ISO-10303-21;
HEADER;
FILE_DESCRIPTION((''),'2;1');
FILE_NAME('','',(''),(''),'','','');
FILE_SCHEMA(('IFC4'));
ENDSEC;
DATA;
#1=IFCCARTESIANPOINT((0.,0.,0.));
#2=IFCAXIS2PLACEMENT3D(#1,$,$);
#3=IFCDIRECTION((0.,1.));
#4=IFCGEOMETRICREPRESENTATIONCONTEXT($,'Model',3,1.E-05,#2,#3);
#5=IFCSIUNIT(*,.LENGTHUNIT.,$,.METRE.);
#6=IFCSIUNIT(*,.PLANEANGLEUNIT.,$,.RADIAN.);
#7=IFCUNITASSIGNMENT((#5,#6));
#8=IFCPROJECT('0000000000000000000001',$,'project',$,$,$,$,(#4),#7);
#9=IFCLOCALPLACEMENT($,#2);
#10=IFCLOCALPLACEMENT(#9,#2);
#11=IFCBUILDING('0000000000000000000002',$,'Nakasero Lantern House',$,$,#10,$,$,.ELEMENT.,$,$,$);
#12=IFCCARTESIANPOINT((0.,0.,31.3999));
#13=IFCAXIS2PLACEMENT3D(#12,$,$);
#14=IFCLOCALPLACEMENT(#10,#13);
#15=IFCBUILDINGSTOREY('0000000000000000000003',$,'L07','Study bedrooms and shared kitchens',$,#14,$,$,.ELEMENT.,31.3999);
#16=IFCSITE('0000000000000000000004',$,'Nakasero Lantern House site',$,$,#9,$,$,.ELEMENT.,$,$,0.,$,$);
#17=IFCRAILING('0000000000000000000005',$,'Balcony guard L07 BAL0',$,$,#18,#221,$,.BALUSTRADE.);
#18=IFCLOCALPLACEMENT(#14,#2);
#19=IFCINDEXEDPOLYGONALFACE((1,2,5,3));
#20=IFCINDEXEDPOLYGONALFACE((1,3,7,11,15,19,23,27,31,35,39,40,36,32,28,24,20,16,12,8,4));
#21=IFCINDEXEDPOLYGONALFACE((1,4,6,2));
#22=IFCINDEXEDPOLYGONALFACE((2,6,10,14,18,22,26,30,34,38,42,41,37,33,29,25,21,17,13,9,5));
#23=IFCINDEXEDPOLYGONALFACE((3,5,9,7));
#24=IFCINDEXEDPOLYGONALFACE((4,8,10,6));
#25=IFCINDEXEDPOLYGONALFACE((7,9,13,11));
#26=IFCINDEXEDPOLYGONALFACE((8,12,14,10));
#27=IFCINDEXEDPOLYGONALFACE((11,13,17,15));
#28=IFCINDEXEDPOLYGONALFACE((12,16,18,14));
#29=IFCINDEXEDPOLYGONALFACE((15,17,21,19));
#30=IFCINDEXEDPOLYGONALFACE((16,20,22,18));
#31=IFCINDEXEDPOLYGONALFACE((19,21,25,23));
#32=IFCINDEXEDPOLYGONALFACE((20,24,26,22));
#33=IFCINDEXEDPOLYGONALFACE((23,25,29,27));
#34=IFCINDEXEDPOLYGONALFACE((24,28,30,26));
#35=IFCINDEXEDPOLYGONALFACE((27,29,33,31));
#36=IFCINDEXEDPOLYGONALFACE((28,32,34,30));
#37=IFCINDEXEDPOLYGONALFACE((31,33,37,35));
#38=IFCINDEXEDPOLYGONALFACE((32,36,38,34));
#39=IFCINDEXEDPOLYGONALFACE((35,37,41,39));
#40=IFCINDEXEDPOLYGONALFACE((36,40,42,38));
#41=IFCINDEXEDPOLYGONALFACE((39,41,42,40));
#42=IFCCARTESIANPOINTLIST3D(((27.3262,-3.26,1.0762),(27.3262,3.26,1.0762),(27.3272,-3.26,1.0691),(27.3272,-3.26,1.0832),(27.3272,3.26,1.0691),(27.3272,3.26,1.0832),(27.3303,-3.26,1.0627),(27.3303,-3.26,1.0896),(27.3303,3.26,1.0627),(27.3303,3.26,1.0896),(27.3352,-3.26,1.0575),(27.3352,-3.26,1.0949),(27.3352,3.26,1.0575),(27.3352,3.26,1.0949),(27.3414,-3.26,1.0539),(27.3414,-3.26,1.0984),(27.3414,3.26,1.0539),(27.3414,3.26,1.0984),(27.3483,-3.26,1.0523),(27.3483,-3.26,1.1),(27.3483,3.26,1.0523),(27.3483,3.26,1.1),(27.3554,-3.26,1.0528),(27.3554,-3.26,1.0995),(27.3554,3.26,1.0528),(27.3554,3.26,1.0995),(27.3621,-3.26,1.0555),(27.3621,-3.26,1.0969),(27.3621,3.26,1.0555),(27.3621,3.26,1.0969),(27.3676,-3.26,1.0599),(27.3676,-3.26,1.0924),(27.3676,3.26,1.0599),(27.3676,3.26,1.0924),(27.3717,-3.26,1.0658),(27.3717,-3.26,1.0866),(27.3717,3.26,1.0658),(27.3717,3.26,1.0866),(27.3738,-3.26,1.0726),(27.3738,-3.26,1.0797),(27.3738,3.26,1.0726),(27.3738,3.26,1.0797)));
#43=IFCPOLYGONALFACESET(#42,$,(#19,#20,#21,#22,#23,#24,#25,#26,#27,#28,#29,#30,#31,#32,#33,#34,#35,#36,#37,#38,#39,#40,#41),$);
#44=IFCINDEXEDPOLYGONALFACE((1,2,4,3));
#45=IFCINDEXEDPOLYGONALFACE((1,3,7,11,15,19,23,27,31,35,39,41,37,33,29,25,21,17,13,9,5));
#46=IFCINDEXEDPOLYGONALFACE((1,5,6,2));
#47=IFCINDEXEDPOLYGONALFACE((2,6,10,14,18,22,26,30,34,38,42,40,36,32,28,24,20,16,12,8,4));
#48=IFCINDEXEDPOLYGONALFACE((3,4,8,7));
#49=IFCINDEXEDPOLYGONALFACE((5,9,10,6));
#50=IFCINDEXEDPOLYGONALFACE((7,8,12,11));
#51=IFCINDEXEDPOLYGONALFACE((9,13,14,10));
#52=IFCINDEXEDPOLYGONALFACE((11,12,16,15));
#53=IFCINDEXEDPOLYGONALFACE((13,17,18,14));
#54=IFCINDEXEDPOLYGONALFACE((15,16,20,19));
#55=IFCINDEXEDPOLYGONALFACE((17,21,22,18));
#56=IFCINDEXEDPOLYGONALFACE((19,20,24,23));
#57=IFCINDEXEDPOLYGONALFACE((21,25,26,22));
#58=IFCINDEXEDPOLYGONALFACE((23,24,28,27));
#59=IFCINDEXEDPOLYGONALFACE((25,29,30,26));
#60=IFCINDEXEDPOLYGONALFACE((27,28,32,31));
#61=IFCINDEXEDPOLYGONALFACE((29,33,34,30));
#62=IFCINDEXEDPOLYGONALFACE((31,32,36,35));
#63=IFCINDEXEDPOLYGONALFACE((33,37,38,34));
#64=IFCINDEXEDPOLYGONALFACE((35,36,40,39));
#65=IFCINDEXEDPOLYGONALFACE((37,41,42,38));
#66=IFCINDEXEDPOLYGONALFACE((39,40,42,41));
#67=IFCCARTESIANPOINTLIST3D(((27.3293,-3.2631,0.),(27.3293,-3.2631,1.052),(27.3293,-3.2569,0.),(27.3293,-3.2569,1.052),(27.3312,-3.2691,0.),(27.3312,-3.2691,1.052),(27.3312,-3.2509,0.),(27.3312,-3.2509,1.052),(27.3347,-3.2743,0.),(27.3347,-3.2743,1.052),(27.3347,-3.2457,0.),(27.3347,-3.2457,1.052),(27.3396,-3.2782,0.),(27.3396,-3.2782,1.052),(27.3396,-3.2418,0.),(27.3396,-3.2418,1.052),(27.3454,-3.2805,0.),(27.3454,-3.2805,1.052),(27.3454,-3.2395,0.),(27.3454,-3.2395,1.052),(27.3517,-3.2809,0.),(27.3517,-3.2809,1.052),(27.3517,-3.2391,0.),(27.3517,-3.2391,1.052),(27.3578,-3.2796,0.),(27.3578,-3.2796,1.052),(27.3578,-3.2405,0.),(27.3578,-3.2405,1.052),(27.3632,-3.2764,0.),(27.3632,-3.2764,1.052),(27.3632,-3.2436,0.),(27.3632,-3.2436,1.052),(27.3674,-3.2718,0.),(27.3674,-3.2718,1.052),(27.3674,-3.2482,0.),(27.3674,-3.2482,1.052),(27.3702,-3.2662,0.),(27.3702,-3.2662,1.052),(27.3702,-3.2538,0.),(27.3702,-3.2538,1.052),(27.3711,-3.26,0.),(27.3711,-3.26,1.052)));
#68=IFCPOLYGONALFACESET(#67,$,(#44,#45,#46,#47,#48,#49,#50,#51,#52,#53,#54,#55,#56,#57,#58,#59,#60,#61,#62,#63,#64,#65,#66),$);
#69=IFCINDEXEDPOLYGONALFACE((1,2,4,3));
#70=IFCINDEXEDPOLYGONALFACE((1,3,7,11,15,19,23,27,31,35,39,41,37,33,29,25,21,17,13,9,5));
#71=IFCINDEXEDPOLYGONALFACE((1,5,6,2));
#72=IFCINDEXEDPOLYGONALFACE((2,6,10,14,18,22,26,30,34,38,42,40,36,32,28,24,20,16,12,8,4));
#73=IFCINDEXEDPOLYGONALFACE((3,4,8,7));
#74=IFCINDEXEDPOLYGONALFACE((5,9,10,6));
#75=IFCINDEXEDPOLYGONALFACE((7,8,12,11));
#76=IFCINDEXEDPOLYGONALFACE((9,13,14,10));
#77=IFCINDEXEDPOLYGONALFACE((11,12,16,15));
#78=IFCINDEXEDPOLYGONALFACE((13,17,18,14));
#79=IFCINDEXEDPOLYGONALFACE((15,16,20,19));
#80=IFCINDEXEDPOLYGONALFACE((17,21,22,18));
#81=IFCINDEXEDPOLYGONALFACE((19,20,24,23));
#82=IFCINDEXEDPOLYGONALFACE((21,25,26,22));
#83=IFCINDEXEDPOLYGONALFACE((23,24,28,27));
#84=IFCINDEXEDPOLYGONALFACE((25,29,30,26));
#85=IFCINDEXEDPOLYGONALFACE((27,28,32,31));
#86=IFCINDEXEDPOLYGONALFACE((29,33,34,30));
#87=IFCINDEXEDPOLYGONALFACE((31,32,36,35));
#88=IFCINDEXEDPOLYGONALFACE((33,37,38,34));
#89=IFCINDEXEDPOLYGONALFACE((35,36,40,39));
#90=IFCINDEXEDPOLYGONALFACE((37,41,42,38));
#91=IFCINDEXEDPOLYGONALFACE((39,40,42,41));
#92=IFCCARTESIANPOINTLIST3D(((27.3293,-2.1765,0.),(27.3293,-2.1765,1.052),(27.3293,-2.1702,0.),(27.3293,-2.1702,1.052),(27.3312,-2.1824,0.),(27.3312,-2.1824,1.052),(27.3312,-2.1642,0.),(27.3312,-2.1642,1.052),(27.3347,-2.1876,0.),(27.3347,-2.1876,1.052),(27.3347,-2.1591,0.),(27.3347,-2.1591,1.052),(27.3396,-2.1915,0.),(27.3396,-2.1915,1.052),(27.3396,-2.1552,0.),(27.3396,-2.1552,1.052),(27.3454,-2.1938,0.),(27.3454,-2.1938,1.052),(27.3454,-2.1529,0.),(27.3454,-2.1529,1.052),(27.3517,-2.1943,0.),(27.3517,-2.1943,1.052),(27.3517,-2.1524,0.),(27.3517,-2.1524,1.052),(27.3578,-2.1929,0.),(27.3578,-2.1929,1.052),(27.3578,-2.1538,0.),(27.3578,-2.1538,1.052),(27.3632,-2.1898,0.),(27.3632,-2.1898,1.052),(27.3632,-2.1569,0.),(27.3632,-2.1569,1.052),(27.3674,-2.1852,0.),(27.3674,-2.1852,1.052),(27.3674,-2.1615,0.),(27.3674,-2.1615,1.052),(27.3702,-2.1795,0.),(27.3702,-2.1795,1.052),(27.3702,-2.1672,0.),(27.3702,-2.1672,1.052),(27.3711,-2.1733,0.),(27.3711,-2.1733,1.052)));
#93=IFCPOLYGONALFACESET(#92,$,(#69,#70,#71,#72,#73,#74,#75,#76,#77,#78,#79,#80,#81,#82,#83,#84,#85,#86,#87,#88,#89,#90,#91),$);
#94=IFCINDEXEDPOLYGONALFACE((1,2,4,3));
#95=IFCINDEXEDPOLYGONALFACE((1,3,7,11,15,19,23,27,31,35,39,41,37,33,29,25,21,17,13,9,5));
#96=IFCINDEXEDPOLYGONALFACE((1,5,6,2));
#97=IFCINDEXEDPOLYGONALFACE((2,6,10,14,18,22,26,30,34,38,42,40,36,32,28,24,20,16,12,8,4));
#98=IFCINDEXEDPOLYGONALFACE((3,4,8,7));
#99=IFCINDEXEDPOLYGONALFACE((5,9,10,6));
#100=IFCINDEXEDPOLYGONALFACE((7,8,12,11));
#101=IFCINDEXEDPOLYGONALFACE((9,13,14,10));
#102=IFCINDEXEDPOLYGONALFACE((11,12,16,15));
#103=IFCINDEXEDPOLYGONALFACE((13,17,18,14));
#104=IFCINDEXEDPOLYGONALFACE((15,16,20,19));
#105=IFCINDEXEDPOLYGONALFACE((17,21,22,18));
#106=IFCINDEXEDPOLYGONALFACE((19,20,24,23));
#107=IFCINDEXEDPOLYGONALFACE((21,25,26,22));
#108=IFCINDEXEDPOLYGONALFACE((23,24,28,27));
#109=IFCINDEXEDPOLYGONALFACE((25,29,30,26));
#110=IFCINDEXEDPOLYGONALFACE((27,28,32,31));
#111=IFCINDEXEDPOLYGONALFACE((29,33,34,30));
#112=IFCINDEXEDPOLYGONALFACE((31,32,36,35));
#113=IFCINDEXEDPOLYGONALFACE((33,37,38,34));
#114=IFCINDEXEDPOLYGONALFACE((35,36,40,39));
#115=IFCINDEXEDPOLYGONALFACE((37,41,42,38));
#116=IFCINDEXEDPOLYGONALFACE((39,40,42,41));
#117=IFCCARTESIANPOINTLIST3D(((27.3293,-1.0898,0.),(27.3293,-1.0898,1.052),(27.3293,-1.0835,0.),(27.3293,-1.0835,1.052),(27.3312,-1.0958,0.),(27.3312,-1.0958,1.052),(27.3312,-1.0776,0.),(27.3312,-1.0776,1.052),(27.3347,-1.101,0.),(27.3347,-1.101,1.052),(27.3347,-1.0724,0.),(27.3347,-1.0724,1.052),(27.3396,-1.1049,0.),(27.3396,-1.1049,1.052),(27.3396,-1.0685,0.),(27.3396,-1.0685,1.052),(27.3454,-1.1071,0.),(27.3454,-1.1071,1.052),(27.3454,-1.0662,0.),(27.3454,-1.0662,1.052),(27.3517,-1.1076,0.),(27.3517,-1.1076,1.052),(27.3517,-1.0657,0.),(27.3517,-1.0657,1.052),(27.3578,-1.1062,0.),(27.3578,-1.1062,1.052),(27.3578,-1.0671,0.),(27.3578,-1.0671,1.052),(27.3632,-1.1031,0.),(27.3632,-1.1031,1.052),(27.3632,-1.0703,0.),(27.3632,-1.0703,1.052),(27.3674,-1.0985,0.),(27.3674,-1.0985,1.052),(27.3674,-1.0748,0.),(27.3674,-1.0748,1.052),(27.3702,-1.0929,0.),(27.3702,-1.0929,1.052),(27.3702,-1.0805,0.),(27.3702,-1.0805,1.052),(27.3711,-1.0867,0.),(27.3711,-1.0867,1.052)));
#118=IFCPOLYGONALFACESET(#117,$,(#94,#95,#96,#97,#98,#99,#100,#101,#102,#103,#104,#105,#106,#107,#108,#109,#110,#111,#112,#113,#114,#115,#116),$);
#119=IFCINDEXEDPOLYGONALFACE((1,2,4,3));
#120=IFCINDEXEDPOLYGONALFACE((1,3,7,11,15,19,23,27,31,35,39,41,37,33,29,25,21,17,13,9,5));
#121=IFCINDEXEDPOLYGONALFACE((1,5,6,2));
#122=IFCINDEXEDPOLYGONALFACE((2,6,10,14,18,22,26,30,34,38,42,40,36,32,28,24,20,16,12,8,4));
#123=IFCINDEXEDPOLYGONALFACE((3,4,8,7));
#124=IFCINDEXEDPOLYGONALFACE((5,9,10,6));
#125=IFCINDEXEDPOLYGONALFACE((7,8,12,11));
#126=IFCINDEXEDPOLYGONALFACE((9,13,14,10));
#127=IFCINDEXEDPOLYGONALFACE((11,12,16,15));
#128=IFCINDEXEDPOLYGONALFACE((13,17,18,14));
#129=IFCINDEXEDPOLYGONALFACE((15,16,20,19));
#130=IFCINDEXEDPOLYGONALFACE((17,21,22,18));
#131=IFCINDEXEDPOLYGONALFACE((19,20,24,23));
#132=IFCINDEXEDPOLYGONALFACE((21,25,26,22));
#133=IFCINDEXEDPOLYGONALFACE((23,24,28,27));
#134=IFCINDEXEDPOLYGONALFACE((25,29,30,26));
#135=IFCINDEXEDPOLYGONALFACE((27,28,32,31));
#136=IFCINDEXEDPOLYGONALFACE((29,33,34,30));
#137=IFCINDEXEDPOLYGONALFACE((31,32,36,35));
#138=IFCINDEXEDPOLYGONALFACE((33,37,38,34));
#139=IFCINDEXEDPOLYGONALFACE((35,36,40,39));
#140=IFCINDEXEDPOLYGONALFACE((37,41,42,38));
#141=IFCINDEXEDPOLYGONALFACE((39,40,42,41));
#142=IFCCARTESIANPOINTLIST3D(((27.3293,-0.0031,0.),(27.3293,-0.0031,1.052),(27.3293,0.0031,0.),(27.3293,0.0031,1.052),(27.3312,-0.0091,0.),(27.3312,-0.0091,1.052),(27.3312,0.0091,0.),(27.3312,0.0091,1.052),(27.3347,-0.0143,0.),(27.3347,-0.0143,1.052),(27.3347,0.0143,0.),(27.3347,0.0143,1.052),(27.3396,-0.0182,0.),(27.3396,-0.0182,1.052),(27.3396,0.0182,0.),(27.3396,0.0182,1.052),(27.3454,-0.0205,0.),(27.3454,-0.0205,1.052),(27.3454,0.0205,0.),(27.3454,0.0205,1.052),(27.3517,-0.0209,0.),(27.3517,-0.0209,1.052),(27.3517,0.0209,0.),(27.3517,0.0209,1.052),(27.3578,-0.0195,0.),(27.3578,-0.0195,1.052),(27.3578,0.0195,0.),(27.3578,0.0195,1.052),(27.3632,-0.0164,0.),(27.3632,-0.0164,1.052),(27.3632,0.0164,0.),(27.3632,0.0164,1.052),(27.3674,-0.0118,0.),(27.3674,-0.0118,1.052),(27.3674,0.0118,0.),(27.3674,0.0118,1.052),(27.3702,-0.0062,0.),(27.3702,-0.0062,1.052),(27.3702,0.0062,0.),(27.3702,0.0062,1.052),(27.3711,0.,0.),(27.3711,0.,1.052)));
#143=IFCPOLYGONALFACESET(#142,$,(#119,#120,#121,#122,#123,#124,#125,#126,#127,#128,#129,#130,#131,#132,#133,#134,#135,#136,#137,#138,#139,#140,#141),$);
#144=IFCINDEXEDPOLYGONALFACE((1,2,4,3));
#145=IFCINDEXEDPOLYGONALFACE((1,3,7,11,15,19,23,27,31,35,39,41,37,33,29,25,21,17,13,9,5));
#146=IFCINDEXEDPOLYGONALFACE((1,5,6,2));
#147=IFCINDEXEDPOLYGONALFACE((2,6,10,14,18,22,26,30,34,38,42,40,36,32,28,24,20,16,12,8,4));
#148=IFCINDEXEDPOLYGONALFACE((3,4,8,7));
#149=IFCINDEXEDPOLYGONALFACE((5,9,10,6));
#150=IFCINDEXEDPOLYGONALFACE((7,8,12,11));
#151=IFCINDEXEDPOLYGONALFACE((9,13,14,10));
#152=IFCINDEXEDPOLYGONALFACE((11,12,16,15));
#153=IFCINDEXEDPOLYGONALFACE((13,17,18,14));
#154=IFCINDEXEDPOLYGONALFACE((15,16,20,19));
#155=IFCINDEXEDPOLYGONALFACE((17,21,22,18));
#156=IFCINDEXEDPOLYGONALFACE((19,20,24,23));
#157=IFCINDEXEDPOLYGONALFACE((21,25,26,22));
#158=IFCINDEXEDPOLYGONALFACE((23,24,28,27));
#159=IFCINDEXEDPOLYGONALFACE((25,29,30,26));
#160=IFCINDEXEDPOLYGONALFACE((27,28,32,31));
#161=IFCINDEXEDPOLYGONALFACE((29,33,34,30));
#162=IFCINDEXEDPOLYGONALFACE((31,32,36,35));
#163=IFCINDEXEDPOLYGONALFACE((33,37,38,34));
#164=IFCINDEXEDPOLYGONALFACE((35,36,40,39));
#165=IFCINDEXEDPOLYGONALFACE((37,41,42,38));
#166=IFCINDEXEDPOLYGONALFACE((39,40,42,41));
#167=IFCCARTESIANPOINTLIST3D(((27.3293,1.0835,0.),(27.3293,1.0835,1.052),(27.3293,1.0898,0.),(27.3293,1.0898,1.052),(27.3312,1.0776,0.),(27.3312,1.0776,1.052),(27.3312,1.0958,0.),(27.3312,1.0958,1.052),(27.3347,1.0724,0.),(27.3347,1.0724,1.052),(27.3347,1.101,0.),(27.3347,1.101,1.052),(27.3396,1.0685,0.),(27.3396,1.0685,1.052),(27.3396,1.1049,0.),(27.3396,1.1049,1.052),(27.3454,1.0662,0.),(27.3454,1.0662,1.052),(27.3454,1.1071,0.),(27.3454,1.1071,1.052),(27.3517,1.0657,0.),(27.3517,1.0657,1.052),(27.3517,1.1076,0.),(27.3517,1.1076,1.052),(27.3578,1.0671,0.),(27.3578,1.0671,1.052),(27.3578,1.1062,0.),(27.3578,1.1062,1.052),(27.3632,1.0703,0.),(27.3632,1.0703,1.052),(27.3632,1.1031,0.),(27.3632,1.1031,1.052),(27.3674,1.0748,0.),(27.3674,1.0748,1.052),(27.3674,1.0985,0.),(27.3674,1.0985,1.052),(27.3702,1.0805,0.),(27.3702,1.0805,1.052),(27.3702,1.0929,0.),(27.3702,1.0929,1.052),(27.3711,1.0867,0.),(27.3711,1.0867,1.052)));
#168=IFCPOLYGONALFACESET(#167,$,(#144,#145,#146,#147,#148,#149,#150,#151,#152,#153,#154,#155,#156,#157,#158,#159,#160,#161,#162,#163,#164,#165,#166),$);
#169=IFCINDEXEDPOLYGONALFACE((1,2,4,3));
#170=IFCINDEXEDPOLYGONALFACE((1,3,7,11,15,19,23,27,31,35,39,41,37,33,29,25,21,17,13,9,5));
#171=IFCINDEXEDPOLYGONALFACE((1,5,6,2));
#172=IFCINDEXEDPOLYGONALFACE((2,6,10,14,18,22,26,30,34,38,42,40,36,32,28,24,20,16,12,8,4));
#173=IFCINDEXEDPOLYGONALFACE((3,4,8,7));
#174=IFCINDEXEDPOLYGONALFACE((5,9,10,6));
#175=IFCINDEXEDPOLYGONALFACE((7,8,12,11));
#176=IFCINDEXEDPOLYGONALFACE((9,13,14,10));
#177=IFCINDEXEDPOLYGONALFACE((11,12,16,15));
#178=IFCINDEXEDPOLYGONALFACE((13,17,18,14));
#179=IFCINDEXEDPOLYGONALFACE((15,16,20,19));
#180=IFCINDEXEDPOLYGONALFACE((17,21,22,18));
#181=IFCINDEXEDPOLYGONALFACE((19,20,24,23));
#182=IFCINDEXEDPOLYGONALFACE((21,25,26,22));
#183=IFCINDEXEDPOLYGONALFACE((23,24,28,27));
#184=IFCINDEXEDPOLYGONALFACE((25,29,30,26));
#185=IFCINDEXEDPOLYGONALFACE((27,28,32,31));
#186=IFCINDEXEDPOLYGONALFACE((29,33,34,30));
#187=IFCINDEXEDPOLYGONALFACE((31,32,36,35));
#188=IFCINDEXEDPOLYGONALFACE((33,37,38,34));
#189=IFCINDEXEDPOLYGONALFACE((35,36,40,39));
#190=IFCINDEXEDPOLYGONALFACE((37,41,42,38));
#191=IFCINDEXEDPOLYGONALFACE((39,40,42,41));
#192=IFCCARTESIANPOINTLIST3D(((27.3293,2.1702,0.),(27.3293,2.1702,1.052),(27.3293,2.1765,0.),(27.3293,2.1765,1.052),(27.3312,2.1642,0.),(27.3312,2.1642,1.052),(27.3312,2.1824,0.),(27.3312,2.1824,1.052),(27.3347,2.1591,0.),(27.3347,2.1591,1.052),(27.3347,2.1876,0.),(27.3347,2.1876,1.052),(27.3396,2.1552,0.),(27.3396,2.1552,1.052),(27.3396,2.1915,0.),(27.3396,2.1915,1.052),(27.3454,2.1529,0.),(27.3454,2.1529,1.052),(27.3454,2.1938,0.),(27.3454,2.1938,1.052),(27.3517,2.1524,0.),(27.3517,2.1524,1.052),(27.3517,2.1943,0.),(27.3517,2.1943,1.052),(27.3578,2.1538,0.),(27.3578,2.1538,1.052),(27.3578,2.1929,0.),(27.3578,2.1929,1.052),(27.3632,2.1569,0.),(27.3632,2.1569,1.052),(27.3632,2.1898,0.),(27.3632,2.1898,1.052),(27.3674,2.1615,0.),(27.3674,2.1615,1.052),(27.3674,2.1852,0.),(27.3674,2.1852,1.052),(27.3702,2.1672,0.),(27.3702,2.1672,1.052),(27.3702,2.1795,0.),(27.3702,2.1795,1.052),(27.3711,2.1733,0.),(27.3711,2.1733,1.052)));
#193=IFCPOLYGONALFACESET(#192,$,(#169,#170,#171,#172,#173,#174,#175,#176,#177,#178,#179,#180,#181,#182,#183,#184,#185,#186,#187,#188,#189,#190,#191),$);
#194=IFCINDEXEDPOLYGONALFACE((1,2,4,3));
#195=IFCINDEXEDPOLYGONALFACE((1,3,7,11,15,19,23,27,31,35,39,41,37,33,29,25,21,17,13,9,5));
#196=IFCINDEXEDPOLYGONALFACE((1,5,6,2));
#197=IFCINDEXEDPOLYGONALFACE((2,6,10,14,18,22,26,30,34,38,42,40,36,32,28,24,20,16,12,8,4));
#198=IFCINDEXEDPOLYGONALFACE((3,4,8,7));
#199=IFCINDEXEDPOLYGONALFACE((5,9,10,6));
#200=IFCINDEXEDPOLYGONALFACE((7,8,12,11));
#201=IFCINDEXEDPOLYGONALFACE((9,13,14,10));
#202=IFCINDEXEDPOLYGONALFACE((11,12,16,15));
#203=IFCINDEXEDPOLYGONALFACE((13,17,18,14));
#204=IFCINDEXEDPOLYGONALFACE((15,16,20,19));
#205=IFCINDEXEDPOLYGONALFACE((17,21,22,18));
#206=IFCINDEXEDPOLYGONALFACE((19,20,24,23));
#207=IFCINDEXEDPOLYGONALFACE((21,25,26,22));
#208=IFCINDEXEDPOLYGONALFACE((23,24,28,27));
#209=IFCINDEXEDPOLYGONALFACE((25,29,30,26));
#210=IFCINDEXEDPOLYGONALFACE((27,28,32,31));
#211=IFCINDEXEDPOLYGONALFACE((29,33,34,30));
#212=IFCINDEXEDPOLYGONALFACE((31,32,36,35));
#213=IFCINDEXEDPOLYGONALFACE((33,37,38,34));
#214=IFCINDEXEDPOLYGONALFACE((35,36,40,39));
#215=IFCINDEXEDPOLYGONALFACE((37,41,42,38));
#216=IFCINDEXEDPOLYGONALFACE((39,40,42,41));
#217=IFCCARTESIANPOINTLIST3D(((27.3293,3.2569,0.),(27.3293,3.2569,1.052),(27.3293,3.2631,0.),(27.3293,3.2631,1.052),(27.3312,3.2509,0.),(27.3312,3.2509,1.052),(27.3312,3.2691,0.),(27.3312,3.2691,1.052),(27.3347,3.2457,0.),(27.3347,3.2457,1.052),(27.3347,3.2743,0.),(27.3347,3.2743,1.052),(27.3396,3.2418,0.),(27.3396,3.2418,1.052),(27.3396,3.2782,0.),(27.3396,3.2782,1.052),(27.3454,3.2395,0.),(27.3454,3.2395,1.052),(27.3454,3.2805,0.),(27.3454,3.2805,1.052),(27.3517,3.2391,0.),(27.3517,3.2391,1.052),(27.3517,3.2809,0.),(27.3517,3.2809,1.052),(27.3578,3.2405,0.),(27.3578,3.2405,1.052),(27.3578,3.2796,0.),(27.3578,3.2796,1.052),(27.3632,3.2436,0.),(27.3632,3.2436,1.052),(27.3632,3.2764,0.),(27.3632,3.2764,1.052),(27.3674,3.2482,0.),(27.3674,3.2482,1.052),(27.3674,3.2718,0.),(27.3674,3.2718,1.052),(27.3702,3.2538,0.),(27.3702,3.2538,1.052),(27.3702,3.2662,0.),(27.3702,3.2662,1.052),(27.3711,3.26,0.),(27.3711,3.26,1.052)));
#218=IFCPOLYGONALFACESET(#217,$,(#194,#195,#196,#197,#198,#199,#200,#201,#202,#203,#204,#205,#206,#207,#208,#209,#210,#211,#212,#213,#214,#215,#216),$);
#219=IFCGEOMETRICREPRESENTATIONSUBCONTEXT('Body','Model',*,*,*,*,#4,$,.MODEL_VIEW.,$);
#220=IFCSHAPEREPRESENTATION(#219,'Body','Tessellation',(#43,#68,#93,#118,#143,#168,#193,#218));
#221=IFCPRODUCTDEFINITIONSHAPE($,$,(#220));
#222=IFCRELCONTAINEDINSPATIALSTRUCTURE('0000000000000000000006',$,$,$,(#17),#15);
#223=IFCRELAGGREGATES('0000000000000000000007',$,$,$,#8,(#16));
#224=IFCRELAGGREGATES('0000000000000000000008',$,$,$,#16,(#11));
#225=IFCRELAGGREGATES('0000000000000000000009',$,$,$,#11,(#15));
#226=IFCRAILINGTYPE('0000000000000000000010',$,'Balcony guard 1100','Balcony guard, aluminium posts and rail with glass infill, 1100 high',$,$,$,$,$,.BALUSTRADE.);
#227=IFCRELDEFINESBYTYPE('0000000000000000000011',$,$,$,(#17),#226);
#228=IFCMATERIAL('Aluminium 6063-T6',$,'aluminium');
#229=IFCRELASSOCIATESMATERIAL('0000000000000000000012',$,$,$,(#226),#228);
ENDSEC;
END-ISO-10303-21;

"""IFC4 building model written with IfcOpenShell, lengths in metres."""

from ifc_helpers import new_model, si_unit, direction, frame, origin, origin_2d, place, context, subcontext, project, spatial, circle, extrude, material, type_object, element, save


model = new_model("IFC4")

# Units and contexts
model_context = context("Model", 3, precision=1e-05, world=origin(), true_north=direction((0.0, 1.0)))
body_context = subcontext(model_context, "Body", "Model", "MODEL_VIEW")
ifc_project = project(units=[si_unit("LENGTHUNIT", "METRE"), si_unit("PLANEANGLEUNIT", "RADIAN")], contexts=[model_context])

# Site, building, storey
site_placement = place(None, origin())
site = spatial("IfcSite", under=ifc_project, at=site_placement, Name="Nakasero Lantern House site", CompositionType="ELEMENT", RefElevation=0.0)
building_placement = place(site_placement, origin())
building = spatial("IfcBuilding", under=site, at=building_placement, Name="Nakasero Lantern House", CompositionType="ELEMENT")
storey_placement = place(building_placement, frame((0.0, 0.0, 31.3999)))
storey = spatial("IfcBuildingStorey", under=building, at=storey_placement, Name="L07", Description="Study bedrooms and shared kitchens", CompositionType="ELEMENT", Elevation=31.3999)

# Railing
ifc_material_1 = material(Name="Aluminium 6063-T6", Category="aluminium")
railing_type = type_object("IfcRailingType", Name="Balcony guard 1100", Description="Balcony guard, aluminium posts and rail with glass infill, 1100 high", PredefinedType="BALUSTRADE", material=ifc_material_1)
railing_placement = place(storey_placement, frame((27.3501, -3.26, 0.0)))
element("IfcRailing", 1, at=railing_placement, inside=storey, type_object=railing_type, Name="Balcony guard L07 BAL0", PredefinedType="BALUSTRADE", context=body_context, shape_type="SweptSolid", body=[
    extrude(circle(Radius=0.0239, at=origin_2d()), frame((0.0, 0.0, 1.0762), z_axis=(0.0, 1.0, 0.0), x_axis=(-1.0, 0.0, 0.0)), (0.0, 0.0, 1.0), 6.52),
    extrude(circle(Radius=0.021, at=origin_2d()), origin(), (0.0, 0.0, 1.0), 1.052),
    extrude(circle(Radius=0.021, at=origin_2d()), frame((0.0, 1.0867, 0.0)), (0.0, 0.0, 1.0), 1.052),
    extrude(circle(Radius=0.021, at=origin_2d()), frame((0.0, 2.1733, 0.0)), (0.0, 0.0, 1.0), 1.052),
    extrude(circle(Radius=0.021, at=origin_2d()), frame((0.0, 3.26, 0.0)), (0.0, 0.0, 1.0), 1.052),
    extrude(circle(Radius=0.021, at=origin_2d()), frame((0.0, 4.3467, 0.0)), (0.0, 0.0, 1.0), 1.052),
    extrude(circle(Radius=0.021, at=origin_2d()), frame((0.0, 5.4333, 0.0)), (0.0, 0.0, 1.0), 1.052),
    extrude(circle(Radius=0.021, at=origin_2d()), frame((0.0, 6.52, 0.0)), (0.0, 0.0, 1.0), 1.052),
])

save(model, "model.ifc")
